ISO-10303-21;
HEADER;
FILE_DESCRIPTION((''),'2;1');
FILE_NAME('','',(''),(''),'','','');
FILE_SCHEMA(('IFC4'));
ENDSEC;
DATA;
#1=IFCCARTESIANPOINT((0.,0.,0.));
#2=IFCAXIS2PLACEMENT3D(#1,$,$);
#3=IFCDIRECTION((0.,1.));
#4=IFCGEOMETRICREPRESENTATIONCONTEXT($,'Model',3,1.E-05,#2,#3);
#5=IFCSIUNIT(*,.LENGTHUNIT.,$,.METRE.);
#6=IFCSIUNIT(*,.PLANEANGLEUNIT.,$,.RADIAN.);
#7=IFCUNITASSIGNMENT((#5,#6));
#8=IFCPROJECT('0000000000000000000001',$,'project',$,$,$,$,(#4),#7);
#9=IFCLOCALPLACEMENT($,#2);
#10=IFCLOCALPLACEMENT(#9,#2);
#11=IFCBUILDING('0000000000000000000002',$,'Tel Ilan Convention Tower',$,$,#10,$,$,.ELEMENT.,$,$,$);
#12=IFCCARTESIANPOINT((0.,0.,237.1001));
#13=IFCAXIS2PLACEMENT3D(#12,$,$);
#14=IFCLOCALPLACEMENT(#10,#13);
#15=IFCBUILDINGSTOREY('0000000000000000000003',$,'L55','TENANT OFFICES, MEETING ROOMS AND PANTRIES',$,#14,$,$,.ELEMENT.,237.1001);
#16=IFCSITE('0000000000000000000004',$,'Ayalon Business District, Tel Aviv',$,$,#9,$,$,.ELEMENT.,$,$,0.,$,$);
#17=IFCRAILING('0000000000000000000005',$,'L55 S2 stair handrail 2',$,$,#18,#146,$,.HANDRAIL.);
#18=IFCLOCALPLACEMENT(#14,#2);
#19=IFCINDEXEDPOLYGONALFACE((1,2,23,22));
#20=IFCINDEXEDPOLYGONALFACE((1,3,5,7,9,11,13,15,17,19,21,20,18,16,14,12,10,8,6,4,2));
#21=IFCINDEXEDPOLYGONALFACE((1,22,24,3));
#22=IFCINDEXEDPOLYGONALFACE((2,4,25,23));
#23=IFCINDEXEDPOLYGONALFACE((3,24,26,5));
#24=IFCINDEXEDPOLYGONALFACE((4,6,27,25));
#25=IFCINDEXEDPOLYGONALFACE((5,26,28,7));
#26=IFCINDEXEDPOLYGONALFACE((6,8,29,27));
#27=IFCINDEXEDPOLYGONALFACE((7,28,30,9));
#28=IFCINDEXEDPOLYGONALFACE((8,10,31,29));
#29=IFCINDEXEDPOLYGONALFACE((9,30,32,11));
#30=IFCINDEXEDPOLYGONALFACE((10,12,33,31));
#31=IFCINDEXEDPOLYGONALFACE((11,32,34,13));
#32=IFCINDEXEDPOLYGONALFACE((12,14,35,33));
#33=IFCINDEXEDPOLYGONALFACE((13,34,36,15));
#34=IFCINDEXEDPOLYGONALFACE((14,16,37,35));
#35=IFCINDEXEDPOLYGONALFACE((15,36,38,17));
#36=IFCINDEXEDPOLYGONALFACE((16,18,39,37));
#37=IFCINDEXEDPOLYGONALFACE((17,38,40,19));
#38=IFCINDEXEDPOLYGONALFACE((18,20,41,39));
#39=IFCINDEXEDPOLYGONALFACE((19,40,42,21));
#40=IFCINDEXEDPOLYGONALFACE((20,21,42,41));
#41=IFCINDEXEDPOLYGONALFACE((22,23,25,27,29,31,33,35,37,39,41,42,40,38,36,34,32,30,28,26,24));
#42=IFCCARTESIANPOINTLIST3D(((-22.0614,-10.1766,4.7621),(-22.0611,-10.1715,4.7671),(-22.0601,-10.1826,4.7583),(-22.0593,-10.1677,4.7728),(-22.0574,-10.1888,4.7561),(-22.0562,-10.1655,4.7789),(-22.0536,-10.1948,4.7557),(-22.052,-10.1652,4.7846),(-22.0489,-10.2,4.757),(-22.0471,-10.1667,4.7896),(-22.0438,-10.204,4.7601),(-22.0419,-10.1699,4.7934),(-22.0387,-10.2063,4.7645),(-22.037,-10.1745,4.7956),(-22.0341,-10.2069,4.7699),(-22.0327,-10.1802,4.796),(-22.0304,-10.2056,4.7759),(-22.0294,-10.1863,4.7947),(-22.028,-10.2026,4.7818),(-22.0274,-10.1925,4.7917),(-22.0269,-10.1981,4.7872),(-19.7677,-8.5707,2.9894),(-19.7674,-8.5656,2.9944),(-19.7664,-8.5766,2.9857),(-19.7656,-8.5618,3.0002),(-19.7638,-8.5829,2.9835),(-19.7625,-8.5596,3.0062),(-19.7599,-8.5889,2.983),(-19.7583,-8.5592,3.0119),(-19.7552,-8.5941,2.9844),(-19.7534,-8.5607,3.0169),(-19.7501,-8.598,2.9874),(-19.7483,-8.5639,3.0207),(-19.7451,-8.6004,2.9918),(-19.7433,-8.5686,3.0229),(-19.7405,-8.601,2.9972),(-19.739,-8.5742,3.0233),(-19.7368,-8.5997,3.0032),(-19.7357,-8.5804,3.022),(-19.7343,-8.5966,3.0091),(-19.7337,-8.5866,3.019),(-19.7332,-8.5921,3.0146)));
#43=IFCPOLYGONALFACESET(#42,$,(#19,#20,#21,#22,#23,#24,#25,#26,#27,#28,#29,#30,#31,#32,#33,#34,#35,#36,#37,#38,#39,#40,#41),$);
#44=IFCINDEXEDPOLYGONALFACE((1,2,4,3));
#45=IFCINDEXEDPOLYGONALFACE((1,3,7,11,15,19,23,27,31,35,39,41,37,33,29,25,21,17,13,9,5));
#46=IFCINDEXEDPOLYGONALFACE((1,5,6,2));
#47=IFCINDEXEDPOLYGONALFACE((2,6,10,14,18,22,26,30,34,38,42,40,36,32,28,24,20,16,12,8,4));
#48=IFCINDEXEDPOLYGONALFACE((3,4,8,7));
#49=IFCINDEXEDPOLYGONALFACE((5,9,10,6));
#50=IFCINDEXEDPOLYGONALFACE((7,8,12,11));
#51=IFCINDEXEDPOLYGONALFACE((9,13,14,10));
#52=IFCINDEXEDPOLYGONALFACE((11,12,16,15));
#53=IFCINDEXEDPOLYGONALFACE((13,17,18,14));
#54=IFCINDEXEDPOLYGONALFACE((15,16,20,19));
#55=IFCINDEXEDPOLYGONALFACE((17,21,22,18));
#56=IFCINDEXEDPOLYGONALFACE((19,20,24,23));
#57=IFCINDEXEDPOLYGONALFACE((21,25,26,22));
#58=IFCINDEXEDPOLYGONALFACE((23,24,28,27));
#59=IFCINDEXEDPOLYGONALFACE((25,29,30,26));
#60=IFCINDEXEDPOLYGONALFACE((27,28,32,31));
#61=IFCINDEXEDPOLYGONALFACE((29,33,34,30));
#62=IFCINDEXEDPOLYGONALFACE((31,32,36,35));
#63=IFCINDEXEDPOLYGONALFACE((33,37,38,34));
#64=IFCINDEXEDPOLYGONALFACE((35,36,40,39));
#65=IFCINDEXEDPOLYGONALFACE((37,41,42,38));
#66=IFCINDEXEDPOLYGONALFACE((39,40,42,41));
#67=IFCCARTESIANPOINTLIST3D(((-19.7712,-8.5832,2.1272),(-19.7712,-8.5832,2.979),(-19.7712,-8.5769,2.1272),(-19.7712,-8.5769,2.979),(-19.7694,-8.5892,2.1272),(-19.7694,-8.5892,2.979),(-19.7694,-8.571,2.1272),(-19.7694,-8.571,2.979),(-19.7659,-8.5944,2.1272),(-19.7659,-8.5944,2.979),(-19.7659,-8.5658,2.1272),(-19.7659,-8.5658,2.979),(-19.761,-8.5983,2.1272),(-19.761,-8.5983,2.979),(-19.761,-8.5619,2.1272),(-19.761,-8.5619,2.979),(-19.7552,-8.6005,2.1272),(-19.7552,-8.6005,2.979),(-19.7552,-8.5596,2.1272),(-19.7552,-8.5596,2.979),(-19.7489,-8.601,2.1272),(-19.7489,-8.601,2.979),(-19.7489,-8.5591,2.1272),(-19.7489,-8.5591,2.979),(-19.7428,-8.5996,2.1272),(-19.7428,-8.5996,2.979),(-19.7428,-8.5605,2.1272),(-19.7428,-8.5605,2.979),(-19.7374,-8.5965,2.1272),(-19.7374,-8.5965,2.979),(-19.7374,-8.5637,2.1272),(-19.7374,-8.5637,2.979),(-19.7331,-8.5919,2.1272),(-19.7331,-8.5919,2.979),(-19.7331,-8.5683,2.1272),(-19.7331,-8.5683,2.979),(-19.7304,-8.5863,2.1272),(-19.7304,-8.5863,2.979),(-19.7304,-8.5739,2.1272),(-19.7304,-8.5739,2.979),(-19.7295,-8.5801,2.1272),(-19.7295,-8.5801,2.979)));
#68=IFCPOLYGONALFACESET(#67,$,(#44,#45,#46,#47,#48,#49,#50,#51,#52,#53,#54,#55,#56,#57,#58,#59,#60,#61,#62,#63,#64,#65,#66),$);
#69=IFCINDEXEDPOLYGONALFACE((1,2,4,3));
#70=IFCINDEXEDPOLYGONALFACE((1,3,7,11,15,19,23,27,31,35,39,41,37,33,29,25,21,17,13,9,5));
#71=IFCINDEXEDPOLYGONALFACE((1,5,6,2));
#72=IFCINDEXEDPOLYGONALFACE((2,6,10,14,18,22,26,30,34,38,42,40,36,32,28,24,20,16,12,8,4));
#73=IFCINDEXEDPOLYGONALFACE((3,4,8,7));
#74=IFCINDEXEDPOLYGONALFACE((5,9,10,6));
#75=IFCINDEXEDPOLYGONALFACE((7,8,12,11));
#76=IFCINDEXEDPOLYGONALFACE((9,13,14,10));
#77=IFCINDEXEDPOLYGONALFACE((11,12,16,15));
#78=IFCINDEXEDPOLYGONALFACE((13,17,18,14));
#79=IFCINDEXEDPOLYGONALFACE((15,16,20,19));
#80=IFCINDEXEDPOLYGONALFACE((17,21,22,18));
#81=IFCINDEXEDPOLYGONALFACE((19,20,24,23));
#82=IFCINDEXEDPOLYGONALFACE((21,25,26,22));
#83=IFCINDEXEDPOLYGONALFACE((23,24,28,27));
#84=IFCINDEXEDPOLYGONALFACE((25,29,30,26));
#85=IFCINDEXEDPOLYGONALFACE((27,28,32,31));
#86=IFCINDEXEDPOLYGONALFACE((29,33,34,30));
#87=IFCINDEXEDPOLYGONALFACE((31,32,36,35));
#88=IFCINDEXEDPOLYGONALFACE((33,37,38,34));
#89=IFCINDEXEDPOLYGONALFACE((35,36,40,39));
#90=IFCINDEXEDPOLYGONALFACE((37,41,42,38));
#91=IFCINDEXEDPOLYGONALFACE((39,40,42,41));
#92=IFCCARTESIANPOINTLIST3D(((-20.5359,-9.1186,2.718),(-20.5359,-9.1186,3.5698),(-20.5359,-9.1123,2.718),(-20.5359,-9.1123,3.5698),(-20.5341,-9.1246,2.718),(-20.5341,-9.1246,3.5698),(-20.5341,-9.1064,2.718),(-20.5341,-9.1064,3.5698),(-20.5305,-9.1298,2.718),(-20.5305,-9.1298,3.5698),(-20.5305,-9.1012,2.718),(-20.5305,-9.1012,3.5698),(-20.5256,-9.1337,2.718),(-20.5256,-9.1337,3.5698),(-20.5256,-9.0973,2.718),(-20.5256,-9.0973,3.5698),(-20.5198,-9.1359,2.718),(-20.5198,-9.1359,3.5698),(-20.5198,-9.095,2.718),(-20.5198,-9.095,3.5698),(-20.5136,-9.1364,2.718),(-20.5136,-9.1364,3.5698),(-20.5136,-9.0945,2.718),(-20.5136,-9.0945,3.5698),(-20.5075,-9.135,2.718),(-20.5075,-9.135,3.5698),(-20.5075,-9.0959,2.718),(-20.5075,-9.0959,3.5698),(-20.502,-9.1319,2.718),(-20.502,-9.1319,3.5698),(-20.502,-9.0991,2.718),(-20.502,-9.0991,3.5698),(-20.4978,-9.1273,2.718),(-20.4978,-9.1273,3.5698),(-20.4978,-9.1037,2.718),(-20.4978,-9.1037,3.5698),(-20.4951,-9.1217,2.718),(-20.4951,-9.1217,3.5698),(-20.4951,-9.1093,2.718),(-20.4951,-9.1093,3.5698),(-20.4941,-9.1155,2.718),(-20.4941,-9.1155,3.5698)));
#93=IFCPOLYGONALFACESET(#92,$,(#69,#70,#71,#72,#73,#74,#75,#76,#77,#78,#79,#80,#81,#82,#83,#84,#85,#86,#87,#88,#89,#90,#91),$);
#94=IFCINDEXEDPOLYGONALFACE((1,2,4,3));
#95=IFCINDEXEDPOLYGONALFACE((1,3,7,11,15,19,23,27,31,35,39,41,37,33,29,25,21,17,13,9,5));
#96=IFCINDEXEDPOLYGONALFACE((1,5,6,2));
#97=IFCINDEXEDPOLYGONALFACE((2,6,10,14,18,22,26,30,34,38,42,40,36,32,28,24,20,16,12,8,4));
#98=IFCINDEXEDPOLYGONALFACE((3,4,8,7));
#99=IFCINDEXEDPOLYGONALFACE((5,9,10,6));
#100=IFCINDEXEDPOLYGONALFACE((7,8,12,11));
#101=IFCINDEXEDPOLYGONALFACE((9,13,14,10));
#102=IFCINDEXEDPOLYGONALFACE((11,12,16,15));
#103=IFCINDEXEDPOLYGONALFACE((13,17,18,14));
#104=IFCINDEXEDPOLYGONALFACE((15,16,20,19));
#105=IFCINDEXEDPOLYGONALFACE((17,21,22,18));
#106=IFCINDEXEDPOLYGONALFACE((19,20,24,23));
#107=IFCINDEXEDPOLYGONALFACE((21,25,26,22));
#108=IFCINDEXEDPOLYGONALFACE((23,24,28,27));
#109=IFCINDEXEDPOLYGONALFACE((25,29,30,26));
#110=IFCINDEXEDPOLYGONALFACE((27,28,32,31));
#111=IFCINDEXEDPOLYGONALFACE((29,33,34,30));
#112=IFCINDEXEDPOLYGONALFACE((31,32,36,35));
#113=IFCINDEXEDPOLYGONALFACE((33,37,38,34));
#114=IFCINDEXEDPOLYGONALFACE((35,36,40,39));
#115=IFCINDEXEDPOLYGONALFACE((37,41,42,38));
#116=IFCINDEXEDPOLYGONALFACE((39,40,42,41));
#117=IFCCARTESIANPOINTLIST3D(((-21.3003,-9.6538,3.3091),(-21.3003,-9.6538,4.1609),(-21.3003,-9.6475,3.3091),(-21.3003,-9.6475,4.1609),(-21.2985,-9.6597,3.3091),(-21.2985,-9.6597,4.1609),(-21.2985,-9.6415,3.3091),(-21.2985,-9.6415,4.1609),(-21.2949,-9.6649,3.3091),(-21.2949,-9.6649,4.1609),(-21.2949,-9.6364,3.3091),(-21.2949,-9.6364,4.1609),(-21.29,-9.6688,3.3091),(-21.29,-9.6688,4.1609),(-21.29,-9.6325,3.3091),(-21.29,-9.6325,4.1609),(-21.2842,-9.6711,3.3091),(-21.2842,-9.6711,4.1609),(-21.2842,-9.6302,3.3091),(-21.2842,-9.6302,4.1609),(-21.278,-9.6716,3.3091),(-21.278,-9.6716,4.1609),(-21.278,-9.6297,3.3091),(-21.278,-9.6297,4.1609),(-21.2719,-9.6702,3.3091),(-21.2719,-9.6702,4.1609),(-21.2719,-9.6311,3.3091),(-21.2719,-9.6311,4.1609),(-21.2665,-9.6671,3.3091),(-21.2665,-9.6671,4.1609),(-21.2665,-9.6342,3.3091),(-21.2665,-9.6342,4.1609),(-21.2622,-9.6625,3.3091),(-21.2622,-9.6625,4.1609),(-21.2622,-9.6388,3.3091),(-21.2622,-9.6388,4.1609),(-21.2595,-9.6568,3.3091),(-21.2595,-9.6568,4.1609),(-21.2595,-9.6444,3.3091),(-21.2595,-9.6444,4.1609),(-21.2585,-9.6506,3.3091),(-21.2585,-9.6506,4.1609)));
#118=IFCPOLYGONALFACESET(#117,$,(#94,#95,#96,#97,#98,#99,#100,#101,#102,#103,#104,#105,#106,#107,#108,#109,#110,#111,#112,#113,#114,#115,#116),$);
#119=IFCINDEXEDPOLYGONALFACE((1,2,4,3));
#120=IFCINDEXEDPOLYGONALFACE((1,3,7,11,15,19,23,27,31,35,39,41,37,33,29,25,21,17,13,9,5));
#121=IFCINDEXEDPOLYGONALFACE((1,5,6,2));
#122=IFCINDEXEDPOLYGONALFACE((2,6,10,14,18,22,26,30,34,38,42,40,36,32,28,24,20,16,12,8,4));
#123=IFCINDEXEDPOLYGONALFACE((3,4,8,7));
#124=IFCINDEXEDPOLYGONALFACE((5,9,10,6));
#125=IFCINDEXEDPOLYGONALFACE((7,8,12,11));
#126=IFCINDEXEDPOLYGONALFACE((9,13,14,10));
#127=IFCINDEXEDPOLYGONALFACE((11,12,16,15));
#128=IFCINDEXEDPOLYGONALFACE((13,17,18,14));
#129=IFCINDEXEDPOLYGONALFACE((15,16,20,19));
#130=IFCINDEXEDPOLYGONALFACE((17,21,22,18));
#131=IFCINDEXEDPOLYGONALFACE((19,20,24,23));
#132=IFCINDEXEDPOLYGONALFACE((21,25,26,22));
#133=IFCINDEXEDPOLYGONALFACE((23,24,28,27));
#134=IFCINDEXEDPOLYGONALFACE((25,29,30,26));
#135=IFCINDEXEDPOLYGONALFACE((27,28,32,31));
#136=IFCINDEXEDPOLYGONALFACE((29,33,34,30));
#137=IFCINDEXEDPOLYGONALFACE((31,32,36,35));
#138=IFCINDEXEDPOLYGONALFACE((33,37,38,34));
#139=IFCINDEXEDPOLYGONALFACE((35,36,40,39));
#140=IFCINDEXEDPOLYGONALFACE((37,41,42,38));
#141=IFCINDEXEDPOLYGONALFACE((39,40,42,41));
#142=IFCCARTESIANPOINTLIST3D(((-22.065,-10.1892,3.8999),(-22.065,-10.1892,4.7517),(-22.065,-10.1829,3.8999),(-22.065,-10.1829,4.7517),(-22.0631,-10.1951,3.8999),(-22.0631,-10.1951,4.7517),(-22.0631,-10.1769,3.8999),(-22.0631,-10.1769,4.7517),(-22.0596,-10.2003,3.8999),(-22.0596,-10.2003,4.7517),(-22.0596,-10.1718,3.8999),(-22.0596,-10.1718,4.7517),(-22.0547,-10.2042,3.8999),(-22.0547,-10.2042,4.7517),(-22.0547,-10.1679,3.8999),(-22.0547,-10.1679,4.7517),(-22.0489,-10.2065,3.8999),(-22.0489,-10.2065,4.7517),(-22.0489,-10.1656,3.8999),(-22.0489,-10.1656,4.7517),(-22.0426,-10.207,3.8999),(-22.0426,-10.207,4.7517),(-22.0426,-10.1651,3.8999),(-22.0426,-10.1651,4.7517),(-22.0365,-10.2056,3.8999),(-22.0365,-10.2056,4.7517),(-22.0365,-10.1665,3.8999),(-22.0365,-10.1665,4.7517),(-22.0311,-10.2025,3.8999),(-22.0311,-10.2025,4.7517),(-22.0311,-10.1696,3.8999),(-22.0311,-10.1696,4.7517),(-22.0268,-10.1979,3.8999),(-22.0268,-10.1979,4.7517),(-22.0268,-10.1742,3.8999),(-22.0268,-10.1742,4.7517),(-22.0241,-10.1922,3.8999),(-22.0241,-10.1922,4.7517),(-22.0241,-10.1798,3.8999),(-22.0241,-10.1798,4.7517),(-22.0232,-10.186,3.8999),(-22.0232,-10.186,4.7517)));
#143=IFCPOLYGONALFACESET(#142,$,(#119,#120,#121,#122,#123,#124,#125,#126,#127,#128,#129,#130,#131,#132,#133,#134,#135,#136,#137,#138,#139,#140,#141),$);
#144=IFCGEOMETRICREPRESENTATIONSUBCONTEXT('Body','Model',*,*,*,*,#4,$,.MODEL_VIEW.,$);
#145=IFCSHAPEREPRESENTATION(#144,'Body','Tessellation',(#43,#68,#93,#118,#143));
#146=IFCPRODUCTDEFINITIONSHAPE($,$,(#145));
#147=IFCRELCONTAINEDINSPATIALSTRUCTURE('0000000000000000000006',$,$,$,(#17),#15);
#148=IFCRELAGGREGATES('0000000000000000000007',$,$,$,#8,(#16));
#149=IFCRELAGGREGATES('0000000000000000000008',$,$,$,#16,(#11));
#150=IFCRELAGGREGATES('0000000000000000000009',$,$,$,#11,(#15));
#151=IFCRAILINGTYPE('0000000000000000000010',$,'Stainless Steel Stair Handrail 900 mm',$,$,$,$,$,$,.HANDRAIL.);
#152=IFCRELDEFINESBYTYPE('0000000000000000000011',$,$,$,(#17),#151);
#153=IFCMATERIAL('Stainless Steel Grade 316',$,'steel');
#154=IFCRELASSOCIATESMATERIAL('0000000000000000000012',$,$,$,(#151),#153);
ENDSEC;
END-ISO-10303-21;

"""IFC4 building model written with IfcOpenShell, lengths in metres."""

from ifc_helpers import new_model, si_unit, direction, frame, origin, origin_2d, place, context, subcontext, project, spatial, circle, extrude, material, type_object, element, save


model = new_model("IFC4")

# Units and contexts
model_context = context("Model", 3, precision=1e-05, world=origin(), true_north=direction((0.0, 1.0)))
body_context = subcontext(model_context, "Body", "Model", "MODEL_VIEW")
ifc_project = project(units=[si_unit("LENGTHUNIT", "METRE"), si_unit("PLANEANGLEUNIT", "RADIAN")], contexts=[model_context])

# Site, building, storey
site_placement = place(None, origin())
site = spatial("IfcSite", under=ifc_project, at=site_placement, Name="Ayalon Business District, Tel Aviv", CompositionType="ELEMENT", RefElevation=0.0)
building_placement = place(site_placement, origin())
building = spatial("IfcBuilding", under=site, at=building_placement, Name="Tel Ilan Convention Tower", CompositionType="ELEMENT")
storey_placement = place(building_placement, frame((0.0, 0.0, 237.1001)))
storey = spatial("IfcBuildingStorey", under=building, at=storey_placement, Name="L55", Description="TENANT OFFICES, MEETING ROOMS AND PANTRIES", CompositionType="ELEMENT", Elevation=237.1001)

# Railing
ifc_material_1 = material(Name="Stainless Steel Grade 316", Category="steel")
railing_type_1 = type_object("IfcRailingType", Name="Stainless Steel Stair Handrail 900 mm", PredefinedType="HANDRAIL", material=ifc_material_1)
for number, where, name in (
    (1, (-19.7505, -8.5801, 2.1272), "L55 S2 stair handrail 2"),
):
    element("IfcRailing", number, at=place(storey_placement, frame(where)), inside=storey, type_object=railing_type_1, Name=name, PredefinedType="HANDRAIL", context=body_context, shape_type="SweptSolid", body=[
        extrude(circle(Radius=0.0239, at=origin_2d()), frame((0.0, 0.0, 0.876), z_axis=(-0.692123, -0.484597, 0.534913), x_axis=(0.57355, -0.81917, 0.0)), (0.0, 0.0, 1.0), 3.314),
        extrude(circle(Radius=0.021, at=origin_2d()), origin(), (0.0, 0.0, 1.0), 0.8518),
        extrude(circle(Radius=0.021, at=origin_2d()), frame((-0.7646, -0.5354, 0.5908)), (0.0, 0.0, 1.0), 0.8518),
        extrude(circle(Radius=0.021, at=origin_2d()), frame((-1.5291, -1.0706, 1.1819)), (0.0, 0.0, 1.0), 0.8518),
        extrude(circle(Radius=0.021, at=origin_2d()), frame((-2.2937, -1.606, 1.7727)), (0.0, 0.0, 1.0), 0.8518),
    ])

save(model, "model.ifc")
